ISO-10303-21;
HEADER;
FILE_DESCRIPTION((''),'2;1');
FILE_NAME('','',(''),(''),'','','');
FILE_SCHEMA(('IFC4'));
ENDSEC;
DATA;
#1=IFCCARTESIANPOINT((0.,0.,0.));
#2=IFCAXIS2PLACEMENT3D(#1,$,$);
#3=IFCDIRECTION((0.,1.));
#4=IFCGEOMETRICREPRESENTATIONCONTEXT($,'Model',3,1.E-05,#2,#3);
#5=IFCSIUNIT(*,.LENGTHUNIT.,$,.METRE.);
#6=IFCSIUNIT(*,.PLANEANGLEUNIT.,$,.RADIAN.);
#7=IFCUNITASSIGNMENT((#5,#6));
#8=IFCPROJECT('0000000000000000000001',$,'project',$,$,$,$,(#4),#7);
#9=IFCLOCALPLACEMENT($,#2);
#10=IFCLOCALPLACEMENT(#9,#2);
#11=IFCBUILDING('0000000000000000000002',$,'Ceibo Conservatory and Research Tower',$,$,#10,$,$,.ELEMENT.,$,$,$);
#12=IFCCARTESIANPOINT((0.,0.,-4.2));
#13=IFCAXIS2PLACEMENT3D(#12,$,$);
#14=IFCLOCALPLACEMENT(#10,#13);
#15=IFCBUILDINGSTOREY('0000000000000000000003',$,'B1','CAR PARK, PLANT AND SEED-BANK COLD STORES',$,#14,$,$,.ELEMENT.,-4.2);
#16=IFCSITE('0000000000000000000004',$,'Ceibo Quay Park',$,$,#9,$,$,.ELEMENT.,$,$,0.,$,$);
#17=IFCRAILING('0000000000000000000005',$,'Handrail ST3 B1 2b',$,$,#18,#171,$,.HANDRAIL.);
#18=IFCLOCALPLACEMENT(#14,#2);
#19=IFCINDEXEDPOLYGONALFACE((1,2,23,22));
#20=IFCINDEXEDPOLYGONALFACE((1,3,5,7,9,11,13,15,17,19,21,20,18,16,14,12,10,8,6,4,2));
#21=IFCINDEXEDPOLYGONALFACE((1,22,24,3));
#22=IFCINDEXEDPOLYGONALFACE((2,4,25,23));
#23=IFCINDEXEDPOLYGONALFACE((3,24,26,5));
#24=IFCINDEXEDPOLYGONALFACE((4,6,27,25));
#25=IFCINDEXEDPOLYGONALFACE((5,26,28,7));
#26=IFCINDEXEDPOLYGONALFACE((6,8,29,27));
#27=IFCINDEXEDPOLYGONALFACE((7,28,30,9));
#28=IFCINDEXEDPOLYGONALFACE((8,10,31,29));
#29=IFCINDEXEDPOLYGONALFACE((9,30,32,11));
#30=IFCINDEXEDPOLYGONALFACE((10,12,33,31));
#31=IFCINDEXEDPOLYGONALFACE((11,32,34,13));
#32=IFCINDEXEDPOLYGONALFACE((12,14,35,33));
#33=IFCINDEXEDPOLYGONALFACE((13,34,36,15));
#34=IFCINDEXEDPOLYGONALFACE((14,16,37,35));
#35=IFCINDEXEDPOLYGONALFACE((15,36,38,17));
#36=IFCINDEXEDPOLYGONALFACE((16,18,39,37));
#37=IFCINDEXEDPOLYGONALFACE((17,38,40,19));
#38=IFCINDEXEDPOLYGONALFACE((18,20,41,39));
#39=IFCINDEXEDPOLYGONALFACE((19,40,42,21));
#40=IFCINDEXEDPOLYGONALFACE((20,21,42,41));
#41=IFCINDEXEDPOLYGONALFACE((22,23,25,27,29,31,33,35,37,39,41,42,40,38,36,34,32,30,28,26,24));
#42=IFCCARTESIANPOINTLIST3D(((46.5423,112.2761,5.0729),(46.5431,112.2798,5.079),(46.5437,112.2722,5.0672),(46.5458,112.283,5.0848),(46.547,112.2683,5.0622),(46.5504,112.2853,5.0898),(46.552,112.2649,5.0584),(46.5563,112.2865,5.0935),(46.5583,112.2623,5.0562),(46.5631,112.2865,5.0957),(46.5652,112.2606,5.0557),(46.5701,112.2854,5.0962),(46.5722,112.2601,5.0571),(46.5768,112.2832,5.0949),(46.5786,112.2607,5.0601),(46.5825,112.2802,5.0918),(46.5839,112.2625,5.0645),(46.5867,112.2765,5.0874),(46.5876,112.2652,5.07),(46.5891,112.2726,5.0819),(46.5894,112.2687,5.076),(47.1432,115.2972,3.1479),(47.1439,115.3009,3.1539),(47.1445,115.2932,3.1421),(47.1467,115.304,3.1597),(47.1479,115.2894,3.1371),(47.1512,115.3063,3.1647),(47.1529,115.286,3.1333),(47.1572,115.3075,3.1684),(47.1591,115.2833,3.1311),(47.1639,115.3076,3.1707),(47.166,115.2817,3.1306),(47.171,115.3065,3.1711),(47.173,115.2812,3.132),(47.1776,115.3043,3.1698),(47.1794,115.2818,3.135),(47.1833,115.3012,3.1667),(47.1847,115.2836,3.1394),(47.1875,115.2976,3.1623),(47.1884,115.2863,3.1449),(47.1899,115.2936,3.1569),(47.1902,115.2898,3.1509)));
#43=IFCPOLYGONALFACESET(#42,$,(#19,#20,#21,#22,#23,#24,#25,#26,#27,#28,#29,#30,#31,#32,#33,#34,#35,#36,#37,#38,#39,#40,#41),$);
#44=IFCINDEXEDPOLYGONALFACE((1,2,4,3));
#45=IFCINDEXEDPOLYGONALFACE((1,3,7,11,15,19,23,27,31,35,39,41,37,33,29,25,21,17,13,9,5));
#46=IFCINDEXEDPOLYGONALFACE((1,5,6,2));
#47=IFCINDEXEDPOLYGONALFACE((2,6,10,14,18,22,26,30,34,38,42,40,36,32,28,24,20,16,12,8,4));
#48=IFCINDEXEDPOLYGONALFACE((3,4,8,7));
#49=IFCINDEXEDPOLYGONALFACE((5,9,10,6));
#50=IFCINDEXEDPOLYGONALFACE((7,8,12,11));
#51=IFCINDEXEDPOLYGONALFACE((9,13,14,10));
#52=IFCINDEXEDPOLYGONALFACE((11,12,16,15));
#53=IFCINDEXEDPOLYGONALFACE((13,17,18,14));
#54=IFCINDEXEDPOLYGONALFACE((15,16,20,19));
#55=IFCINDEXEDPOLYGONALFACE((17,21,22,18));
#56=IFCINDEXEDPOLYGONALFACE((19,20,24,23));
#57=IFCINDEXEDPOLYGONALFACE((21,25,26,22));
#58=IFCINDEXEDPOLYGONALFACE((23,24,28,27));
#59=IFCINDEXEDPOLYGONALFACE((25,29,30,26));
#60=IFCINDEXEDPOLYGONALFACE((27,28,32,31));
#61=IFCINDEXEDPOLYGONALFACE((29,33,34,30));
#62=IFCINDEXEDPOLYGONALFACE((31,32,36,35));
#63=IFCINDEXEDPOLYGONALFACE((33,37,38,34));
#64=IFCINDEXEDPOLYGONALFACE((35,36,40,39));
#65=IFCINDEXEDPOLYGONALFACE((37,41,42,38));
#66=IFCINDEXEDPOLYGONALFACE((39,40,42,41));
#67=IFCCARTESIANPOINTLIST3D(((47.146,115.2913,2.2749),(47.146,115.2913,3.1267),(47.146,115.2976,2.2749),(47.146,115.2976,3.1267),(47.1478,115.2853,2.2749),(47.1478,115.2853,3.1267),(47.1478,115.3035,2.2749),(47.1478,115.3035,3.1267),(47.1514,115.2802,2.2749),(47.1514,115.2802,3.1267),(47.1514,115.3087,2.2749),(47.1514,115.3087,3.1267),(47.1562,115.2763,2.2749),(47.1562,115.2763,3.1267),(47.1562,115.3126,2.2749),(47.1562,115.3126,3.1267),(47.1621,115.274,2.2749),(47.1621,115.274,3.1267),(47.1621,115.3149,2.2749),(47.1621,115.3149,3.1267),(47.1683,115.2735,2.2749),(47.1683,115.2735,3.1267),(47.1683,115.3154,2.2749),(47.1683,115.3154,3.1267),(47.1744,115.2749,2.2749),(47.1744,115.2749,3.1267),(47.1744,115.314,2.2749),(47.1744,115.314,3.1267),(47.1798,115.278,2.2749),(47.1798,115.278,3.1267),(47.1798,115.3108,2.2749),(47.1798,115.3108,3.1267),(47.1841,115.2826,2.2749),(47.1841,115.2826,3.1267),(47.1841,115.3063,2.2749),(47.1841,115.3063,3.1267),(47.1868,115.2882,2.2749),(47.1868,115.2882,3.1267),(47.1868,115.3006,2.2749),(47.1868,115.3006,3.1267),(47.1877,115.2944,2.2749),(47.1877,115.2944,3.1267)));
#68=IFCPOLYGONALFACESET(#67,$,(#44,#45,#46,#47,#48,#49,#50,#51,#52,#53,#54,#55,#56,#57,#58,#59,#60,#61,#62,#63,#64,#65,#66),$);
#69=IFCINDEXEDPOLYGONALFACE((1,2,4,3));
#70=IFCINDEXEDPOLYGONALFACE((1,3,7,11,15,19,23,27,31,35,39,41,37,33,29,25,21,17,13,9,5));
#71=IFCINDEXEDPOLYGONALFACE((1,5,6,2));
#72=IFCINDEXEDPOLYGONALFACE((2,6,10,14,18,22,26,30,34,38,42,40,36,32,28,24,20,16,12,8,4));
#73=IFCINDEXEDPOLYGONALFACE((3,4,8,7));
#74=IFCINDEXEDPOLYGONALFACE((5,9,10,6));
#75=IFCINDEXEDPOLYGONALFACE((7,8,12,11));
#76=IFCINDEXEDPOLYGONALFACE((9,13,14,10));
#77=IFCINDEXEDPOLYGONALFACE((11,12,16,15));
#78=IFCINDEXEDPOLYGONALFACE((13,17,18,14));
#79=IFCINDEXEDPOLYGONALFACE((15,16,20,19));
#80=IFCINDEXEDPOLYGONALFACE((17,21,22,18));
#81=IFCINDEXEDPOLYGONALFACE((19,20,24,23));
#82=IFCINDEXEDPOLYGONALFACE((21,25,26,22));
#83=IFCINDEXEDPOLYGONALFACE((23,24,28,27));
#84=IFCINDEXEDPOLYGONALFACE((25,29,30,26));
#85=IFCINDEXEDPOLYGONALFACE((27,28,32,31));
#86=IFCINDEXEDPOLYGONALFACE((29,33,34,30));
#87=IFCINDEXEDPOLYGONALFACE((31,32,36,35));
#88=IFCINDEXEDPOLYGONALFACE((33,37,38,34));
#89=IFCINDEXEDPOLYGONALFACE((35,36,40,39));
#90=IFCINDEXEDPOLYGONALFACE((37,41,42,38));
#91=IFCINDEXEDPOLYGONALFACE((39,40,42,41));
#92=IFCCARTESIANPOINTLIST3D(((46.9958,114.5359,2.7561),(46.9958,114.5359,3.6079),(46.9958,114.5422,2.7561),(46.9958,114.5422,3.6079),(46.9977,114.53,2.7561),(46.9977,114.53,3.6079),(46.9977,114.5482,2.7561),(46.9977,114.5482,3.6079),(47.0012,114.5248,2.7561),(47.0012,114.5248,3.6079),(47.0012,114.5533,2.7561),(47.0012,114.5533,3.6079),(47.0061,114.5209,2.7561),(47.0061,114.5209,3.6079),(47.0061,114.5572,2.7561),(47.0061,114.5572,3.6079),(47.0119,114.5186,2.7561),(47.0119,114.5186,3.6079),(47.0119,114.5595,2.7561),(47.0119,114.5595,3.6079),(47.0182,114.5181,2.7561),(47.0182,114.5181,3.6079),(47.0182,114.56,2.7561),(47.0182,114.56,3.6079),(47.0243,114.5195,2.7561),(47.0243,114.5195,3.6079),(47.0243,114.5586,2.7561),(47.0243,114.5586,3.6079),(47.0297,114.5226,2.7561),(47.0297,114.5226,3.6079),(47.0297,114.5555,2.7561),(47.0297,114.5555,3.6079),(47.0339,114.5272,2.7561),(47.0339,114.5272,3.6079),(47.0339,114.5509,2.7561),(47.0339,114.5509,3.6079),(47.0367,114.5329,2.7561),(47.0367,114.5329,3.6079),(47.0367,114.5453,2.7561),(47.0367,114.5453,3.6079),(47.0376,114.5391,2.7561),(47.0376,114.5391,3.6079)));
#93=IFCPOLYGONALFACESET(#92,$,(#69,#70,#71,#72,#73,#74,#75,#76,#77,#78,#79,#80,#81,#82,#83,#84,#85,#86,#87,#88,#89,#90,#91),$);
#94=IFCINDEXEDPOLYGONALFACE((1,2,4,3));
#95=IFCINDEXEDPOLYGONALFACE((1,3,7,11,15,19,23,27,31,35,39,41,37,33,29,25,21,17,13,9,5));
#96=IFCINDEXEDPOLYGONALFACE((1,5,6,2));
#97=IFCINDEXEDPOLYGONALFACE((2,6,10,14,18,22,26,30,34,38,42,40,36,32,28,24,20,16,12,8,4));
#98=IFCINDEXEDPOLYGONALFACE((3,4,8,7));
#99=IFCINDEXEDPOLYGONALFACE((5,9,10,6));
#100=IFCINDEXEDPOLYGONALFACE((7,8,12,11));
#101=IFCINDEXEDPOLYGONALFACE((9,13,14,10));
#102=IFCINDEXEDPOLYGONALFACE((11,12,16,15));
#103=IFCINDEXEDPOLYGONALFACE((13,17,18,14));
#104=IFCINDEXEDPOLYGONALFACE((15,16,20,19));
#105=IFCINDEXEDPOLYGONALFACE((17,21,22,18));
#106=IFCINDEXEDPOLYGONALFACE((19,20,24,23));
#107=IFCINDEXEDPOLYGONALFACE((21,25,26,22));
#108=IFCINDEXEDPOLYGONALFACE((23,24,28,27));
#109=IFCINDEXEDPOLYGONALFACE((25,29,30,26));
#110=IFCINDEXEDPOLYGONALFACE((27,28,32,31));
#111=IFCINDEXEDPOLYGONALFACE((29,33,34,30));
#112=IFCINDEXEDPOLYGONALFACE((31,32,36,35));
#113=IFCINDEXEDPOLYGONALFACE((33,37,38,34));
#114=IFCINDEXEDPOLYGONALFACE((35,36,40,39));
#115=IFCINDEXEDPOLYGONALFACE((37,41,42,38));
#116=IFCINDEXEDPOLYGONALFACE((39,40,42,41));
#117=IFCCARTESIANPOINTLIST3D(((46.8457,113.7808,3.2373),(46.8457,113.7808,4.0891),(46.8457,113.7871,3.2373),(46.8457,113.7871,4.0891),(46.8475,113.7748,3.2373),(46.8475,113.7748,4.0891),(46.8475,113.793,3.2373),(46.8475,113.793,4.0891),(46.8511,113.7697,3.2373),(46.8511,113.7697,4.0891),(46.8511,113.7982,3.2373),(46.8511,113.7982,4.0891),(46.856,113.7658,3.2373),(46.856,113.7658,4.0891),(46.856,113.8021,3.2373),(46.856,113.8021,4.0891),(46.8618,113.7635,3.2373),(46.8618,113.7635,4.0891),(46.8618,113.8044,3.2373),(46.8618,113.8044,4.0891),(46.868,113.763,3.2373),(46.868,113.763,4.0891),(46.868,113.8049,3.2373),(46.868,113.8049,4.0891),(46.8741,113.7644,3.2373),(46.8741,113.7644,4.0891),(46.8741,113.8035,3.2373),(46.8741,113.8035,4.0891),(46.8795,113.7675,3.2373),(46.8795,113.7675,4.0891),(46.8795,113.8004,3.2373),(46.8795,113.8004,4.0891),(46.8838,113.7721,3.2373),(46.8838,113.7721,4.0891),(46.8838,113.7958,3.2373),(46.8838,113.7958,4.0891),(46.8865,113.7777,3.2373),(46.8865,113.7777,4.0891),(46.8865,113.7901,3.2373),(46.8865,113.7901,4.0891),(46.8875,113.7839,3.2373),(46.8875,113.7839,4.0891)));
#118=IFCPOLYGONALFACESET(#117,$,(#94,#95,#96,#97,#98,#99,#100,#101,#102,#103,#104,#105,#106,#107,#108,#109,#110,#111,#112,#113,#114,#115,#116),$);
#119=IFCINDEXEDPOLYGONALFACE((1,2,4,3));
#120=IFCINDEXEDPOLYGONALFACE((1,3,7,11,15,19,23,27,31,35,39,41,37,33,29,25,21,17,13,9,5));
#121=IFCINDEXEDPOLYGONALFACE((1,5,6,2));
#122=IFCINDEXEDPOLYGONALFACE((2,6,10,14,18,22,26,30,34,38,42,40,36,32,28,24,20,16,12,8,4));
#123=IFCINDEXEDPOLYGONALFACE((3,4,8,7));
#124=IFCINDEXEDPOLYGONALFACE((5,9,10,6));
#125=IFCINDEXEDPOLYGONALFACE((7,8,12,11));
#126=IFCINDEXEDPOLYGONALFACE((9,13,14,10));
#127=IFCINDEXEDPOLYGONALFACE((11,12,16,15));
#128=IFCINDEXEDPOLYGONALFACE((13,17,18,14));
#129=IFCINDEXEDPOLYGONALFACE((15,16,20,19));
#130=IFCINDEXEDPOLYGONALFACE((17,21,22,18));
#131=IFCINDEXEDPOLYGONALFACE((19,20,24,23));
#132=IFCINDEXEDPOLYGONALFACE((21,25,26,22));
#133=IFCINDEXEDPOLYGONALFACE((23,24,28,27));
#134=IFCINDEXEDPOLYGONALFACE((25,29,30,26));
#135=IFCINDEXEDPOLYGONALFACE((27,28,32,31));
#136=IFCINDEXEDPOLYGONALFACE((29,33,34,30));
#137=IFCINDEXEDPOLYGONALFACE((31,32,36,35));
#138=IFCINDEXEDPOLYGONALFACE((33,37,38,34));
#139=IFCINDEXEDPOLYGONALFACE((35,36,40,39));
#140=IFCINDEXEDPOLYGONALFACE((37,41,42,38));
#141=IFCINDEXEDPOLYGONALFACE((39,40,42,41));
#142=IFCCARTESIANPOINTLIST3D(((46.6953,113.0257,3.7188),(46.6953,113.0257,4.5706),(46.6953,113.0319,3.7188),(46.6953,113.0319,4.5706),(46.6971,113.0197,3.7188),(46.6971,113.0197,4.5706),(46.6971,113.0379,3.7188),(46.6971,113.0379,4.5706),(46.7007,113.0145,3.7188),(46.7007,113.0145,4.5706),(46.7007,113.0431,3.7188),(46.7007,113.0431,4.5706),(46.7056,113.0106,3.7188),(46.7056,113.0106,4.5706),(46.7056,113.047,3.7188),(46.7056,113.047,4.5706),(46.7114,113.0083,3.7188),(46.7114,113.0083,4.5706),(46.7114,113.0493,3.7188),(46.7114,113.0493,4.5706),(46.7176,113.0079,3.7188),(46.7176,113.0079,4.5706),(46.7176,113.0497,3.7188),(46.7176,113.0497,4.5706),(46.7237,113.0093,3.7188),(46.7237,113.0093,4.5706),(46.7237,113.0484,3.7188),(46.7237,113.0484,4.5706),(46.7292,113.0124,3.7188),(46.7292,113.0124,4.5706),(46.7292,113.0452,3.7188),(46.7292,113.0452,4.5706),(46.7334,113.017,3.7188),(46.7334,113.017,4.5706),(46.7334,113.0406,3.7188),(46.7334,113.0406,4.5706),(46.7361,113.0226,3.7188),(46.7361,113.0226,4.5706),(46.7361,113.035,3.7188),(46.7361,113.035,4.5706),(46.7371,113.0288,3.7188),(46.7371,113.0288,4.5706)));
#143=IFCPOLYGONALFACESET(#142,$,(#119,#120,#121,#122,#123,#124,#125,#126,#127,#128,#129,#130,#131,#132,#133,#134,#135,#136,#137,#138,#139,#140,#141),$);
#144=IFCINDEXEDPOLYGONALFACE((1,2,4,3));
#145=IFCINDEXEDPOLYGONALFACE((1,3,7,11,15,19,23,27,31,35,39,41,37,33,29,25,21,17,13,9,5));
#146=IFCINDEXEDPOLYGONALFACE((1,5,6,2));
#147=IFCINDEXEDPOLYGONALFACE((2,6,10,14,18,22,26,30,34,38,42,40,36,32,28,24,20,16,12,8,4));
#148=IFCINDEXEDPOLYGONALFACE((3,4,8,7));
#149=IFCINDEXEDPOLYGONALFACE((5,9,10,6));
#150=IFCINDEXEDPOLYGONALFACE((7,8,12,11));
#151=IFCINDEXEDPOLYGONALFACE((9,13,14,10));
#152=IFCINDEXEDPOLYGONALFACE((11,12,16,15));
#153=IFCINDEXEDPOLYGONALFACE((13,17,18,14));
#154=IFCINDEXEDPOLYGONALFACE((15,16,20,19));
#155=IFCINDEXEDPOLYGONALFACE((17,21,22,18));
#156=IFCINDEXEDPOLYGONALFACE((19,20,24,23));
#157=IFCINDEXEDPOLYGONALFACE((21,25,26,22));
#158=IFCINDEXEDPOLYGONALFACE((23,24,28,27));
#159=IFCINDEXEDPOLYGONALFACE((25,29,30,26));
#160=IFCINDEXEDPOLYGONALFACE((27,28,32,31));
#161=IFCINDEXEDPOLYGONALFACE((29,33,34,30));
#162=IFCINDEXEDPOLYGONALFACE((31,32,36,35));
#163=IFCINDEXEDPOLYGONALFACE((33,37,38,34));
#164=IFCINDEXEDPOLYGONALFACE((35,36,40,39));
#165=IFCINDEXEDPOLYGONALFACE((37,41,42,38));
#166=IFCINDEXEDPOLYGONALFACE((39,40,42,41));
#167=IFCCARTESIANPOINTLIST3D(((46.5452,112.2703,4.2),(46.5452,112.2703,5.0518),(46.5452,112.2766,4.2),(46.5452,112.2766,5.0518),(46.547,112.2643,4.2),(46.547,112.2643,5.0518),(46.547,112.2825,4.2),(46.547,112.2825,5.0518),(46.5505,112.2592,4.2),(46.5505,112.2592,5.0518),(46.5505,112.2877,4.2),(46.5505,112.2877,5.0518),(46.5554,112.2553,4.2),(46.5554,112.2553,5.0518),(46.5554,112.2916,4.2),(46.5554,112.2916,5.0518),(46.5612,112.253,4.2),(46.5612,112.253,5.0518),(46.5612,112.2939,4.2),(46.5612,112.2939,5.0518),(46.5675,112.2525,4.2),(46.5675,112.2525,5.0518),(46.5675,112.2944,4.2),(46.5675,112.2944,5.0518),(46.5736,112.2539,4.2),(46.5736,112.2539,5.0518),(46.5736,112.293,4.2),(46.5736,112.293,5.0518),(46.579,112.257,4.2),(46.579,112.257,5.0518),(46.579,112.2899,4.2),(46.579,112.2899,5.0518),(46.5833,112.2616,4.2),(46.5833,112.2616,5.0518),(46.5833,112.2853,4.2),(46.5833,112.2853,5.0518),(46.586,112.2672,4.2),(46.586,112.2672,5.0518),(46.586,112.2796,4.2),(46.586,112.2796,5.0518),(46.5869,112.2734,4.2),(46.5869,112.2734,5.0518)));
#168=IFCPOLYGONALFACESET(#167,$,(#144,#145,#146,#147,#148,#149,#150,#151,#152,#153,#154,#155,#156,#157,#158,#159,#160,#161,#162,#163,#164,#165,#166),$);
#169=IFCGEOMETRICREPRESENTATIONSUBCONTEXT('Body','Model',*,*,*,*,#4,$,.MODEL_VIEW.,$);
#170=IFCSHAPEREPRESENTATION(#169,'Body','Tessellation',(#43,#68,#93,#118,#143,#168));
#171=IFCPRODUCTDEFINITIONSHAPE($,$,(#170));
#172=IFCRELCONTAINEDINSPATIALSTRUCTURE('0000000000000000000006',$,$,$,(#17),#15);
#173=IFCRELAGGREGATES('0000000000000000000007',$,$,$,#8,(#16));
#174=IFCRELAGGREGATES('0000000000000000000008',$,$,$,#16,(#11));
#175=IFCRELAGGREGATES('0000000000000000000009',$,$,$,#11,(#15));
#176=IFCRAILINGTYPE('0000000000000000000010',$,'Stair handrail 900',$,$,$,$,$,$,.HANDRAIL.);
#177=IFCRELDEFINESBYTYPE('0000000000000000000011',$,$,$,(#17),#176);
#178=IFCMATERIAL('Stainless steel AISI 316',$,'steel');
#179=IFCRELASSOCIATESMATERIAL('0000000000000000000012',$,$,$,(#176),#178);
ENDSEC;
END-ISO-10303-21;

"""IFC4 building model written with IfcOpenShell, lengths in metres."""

from ifc_helpers import new_model, si_unit, direction, frame, origin, origin_2d, place, context, subcontext, project, spatial, circle, extrude, material, type_object, element, save


model = new_model("IFC4")

# Units and contexts
model_context = context("Model", 3, precision=1e-05, world=origin(), true_north=direction((0.0, 1.0)))
body_context = subcontext(model_context, "Body", "Model", "MODEL_VIEW")
ifc_project = project(units=[si_unit("LENGTHUNIT", "METRE"), si_unit("PLANEANGLEUNIT", "RADIAN")], contexts=[model_context])

# Site, building, storey
site_placement = place(None, origin())
site = spatial("IfcSite", under=ifc_project, at=site_placement, Name="Ceibo Quay Park", CompositionType="ELEMENT", RefElevation=0.0)
building_placement = place(site_placement, origin())
building = spatial("IfcBuilding", under=site, at=building_placement, Name="Ceibo Conservatory and Research Tower", CompositionType="ELEMENT")
storey_placement = place(building_placement, frame((0.0, 0.0, -4.2)))
storey = spatial("IfcBuildingStorey", under=building, at=storey_placement, Name="B1", Description="CAR PARK, PLANT AND SEED-BANK COLD STORES", CompositionType="ELEMENT", Elevation=-4.2)

# Shared definitions
ifc_material_1 = material(Name="Stainless steel AISI 316", Category="steel")

# Railing
railing_type = type_object("IfcRailingType", Name="Stair handrail 900", PredefinedType="HANDRAIL", material=ifc_material_1)
railing_1_placement = place(storey_placement, frame((47.1667, 115.2944, 2.2749)))
element("IfcRailing", 1, at=railing_1_placement, inside=storey, type_object=railing_type, Name="Handrail ST3 B1 2b", PredefinedType="HANDRAIL", context=body_context, shape_type="SweptSolid", body=[
    extrude(circle(Radius=0.0239, at=origin_2d()), frame((0.0, 0.0, 0.876), z_axis=(-0.165415, -0.831715, 0.529988), x_axis=(0.98079, -0.195064, 0.0)), (0.0, 0.0, 1.0), 3.6323),
    extrude(circle(Radius=0.021, at=origin_2d()), origin(), (0.0, 0.0, 1.0), 0.8518),
    extrude(circle(Radius=0.021, at=origin_2d()), frame((-0.1501, -0.7554, 0.4812)), (0.0, 0.0, 1.0), 0.8518),
    extrude(circle(Radius=0.021, at=origin_2d()), frame((-0.3003, -1.5105, 0.9624)), (0.0, 0.0, 1.0), 0.8518),
    extrude(circle(Radius=0.021, at=origin_2d()), frame((-0.4507, -2.2656, 1.4438)), (0.0, 0.0, 1.0), 0.8518),
    extrude(circle(Radius=0.021, at=origin_2d()), frame((-0.6008, -3.021, 1.925)), (0.0, 0.0, 1.0), 0.8518),
])

save(model, "model.ifc")
